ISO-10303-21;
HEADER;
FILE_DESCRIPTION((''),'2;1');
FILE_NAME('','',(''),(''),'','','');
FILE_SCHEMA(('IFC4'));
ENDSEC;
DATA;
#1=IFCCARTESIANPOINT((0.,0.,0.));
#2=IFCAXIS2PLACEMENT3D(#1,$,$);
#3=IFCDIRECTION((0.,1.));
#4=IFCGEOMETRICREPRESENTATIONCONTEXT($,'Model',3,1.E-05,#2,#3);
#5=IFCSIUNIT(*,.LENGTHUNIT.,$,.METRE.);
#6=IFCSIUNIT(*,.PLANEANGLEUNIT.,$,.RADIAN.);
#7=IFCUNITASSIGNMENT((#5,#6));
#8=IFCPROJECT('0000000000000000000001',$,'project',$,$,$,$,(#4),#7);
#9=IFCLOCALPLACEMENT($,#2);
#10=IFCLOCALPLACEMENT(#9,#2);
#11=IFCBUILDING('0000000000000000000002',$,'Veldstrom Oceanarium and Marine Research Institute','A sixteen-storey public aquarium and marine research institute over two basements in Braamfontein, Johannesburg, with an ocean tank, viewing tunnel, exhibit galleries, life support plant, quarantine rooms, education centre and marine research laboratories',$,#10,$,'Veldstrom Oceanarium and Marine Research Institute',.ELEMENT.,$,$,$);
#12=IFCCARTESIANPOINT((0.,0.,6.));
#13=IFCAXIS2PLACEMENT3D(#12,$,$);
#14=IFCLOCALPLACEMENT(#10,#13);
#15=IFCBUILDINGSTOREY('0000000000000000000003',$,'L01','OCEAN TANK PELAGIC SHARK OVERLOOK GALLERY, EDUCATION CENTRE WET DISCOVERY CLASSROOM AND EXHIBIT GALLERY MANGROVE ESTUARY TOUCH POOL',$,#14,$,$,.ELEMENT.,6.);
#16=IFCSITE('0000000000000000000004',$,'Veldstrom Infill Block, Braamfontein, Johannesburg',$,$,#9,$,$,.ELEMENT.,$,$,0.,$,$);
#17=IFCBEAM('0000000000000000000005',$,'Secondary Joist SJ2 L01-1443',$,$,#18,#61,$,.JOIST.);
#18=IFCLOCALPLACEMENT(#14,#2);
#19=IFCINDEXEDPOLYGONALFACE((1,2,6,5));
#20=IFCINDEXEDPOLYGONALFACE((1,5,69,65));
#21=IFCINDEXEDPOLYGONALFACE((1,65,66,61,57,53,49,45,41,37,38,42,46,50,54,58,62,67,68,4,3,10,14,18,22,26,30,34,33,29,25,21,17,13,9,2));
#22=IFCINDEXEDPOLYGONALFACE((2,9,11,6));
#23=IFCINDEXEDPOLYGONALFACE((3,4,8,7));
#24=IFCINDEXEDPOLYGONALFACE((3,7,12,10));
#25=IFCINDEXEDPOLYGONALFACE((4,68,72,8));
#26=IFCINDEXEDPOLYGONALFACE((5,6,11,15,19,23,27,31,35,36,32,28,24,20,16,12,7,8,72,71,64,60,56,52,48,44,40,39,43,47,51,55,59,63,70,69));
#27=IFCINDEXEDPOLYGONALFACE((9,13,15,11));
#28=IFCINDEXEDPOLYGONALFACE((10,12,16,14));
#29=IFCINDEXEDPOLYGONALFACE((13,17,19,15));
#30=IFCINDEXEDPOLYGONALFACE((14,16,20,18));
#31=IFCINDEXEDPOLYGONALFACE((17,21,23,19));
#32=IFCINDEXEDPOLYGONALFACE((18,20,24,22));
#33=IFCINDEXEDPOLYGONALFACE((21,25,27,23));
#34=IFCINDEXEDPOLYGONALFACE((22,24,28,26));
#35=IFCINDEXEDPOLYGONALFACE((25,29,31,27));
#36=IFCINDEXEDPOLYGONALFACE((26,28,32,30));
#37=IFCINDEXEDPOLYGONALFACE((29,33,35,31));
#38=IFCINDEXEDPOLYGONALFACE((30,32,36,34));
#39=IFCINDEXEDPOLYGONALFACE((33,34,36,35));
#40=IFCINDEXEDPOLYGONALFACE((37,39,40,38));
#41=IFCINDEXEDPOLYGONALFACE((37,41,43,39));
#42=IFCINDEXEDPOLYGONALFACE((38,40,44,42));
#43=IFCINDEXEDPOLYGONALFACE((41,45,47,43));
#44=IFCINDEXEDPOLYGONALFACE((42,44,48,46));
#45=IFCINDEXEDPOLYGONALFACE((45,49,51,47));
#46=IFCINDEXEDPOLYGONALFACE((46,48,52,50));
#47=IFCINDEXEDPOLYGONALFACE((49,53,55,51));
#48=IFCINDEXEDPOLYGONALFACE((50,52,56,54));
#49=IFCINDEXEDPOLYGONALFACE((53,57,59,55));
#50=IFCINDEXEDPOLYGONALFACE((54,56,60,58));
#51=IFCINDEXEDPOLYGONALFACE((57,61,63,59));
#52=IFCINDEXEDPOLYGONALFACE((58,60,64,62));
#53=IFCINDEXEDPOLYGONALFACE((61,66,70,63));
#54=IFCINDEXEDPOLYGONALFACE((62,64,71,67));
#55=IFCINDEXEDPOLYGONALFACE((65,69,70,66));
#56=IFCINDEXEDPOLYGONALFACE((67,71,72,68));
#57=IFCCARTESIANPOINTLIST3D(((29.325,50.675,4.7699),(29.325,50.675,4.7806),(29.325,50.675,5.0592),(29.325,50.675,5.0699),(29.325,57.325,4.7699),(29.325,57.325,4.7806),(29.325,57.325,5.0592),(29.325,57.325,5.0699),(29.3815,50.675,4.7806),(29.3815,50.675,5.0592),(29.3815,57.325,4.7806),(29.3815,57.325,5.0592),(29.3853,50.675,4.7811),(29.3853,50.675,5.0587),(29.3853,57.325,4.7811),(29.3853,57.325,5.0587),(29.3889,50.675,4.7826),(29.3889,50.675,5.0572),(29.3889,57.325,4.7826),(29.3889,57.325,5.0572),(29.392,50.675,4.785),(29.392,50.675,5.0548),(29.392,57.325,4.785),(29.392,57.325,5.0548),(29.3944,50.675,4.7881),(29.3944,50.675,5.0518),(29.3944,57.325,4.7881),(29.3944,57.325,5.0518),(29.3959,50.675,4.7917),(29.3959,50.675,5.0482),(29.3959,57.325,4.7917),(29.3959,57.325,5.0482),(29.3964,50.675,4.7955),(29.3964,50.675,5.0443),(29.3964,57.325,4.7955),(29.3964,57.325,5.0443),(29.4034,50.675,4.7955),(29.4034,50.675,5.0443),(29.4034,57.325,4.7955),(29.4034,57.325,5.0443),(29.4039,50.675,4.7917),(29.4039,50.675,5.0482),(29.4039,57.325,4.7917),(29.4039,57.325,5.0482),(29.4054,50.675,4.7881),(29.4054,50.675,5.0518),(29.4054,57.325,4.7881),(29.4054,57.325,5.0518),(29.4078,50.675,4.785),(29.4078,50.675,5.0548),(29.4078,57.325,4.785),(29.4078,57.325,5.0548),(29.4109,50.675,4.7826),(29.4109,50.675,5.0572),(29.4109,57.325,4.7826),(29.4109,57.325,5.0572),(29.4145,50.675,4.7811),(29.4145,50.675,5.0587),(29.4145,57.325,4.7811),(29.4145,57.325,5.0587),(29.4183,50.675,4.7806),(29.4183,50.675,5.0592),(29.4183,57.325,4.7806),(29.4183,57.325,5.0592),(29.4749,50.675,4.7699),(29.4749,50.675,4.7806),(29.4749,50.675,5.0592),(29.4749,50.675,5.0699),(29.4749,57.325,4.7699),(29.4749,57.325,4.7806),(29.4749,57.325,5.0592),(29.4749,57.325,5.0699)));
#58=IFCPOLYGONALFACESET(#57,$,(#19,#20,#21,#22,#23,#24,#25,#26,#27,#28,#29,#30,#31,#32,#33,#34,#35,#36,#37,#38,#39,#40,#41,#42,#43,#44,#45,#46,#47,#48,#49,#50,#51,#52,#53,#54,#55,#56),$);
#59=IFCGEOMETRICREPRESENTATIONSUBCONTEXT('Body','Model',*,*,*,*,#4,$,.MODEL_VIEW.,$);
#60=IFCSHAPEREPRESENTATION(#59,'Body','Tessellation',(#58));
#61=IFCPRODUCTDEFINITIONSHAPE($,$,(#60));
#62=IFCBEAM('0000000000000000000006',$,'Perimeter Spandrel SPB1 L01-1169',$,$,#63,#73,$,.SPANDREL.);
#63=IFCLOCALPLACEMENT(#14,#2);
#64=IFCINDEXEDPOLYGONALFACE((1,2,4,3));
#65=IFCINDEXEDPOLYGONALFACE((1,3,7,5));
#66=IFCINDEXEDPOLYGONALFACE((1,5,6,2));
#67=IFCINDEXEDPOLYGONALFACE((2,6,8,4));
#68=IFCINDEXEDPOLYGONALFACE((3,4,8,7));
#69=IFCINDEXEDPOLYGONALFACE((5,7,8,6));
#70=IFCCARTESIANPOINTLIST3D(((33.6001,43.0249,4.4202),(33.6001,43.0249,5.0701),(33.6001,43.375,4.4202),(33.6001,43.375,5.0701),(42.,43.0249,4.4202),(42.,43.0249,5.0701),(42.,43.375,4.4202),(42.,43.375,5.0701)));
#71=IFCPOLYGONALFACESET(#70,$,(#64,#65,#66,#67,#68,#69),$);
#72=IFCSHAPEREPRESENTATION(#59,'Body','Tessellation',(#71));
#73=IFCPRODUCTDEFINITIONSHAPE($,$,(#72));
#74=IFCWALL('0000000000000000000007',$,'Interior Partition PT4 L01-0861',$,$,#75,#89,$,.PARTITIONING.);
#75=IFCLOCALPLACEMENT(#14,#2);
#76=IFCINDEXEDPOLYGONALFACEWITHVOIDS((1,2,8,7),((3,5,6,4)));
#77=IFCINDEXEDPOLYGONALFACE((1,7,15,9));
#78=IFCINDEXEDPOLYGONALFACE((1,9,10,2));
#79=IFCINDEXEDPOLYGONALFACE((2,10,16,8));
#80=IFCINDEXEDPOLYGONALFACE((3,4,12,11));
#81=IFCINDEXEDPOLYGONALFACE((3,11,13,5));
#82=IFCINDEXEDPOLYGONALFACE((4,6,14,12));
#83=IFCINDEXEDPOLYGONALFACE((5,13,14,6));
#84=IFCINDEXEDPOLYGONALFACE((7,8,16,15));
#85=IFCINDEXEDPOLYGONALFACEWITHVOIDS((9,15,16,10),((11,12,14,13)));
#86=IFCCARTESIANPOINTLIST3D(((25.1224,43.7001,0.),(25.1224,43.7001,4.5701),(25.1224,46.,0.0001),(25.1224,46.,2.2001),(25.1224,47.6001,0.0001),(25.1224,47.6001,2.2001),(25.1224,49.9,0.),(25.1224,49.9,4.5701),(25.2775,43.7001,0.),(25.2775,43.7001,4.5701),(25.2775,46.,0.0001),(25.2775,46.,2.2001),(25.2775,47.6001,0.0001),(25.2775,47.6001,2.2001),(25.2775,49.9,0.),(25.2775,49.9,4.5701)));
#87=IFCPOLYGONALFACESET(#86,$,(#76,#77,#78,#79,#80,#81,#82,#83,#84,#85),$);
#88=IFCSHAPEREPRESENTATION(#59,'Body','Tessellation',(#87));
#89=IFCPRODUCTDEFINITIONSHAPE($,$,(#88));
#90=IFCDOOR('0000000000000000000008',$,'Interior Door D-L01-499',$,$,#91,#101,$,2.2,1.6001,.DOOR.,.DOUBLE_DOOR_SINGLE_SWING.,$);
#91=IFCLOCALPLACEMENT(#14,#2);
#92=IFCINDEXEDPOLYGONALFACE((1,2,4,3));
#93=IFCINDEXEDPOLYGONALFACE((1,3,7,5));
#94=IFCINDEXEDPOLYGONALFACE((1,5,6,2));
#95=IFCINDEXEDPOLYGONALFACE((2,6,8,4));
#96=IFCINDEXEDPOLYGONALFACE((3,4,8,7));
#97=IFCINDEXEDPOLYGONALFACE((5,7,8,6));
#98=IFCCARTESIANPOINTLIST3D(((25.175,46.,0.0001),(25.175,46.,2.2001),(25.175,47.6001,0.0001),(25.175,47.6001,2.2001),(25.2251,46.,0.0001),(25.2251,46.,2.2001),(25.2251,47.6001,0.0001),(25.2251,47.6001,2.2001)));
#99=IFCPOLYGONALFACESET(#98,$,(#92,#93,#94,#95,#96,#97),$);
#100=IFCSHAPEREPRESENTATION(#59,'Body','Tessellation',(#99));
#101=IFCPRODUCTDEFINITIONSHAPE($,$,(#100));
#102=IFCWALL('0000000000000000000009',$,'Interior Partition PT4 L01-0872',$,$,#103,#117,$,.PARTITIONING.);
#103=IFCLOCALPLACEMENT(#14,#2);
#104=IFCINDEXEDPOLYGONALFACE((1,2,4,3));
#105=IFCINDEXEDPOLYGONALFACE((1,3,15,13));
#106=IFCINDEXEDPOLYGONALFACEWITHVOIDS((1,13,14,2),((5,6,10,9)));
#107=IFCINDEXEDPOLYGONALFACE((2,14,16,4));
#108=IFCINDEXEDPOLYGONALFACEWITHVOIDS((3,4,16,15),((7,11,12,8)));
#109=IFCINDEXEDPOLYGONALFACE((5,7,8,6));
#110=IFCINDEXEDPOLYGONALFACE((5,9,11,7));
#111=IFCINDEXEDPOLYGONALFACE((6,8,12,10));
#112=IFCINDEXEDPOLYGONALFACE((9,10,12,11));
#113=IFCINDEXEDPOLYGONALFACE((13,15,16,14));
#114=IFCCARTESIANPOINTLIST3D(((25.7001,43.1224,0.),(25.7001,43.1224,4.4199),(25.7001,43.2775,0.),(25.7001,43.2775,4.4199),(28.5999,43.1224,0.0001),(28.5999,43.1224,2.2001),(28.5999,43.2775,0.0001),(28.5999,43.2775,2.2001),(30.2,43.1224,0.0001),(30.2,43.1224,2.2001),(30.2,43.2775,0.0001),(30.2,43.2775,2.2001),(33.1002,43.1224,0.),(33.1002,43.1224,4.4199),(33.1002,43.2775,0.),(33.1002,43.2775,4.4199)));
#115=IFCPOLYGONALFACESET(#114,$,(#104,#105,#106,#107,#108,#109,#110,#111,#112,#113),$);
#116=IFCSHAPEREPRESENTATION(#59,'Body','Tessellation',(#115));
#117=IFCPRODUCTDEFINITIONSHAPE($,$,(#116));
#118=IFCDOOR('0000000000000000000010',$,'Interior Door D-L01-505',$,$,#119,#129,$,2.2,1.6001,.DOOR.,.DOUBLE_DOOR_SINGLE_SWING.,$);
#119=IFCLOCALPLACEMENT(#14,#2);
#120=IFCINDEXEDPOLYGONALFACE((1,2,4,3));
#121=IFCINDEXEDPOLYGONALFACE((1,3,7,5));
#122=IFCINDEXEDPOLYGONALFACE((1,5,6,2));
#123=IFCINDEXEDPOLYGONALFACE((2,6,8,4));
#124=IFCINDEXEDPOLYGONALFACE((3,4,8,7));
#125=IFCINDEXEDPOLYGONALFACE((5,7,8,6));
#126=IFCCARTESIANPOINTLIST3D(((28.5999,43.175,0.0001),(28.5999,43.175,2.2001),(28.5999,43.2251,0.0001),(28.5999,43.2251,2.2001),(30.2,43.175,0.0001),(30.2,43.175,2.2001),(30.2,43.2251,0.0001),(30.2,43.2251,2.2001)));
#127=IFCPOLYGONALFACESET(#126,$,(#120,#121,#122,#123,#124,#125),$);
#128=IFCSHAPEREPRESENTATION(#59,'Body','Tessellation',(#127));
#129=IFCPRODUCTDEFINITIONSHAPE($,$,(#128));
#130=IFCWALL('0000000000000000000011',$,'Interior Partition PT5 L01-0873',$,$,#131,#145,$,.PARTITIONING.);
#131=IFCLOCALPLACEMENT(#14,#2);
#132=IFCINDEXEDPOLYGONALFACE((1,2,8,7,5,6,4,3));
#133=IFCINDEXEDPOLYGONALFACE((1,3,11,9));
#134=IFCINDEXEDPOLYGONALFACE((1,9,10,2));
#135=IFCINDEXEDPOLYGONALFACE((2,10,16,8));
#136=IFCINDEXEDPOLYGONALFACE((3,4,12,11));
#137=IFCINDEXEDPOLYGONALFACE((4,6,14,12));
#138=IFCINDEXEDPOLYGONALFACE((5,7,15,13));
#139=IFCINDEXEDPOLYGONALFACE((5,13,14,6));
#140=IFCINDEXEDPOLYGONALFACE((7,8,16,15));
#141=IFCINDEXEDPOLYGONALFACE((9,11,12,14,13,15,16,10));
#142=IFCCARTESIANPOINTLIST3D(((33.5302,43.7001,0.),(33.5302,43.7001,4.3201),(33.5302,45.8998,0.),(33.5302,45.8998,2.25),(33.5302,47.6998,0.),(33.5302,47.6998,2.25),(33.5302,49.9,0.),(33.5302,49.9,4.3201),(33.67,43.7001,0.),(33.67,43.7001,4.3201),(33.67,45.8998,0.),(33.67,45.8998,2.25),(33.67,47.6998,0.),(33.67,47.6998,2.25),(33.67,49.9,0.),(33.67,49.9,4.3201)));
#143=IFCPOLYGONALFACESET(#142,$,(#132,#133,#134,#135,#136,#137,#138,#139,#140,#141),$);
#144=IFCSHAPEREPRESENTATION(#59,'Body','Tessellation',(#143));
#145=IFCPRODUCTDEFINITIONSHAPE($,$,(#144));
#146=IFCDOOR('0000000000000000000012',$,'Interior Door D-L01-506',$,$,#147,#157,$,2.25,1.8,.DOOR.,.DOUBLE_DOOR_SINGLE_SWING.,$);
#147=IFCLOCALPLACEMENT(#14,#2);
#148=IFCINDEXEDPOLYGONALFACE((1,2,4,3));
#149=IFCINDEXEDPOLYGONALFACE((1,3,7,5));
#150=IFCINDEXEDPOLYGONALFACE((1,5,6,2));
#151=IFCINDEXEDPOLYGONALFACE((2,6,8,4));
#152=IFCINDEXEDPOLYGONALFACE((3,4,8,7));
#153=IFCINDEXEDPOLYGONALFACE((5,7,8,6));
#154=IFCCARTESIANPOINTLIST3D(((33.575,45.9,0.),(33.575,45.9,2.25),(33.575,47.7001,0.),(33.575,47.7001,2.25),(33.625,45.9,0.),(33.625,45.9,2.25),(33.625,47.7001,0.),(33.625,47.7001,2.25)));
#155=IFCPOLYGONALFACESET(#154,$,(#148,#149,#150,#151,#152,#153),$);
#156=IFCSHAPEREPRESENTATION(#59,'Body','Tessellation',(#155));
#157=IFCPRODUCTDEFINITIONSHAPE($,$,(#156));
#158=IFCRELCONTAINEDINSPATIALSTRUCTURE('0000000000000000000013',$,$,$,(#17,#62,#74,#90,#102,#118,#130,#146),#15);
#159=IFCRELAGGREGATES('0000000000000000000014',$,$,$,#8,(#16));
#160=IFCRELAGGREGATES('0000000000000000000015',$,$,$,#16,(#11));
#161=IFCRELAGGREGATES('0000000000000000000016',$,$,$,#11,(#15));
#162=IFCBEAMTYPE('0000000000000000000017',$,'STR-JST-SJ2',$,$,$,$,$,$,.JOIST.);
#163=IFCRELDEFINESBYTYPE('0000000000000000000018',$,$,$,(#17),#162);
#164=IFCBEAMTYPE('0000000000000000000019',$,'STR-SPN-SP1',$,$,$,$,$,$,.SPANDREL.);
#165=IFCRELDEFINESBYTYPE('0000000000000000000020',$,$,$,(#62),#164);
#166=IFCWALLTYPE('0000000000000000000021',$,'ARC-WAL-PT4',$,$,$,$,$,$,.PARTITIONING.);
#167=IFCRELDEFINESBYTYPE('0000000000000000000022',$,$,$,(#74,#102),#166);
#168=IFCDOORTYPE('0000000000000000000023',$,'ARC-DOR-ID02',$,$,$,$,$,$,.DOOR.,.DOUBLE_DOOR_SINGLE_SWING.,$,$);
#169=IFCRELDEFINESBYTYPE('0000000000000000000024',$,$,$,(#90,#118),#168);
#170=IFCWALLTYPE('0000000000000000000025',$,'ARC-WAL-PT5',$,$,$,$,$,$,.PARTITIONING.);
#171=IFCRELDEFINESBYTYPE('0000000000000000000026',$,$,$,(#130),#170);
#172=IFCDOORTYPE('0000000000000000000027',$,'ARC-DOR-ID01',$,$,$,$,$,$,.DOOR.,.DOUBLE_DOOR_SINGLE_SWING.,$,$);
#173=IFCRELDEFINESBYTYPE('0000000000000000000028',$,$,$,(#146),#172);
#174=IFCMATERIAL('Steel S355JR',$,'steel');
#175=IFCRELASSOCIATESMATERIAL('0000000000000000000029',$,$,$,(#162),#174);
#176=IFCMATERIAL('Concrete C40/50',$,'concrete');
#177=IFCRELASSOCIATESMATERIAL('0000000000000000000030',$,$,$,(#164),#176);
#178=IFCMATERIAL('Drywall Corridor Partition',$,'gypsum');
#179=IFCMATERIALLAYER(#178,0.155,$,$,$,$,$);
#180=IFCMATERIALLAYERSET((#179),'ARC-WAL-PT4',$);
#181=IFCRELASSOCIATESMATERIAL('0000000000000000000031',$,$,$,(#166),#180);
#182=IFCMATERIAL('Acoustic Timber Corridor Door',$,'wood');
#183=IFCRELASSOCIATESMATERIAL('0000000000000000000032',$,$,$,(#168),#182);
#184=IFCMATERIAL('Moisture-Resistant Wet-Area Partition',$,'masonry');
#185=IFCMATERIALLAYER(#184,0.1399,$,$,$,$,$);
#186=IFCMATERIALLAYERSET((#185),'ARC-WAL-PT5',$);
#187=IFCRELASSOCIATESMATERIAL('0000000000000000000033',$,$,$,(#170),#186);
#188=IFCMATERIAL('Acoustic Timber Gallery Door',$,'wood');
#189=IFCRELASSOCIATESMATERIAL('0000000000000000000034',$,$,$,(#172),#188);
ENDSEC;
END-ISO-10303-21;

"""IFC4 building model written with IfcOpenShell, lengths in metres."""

from ifc_helpers import new_model, si_unit, direction, frame, frame_2d, origin, origin_2d, place, context, subcontext, project, spatial, rectangle, i_section, extrude, material, layer, layer_set, material_profile, profile_set, type_object, element, fill, save


model = new_model("IFC4")

# Units and contexts
model_context = context("Model", 3, precision=1e-05, world=origin(), true_north=direction((0.0, 1.0)))
body_context = subcontext(model_context, "Body", "Model", "MODEL_VIEW")
ifc_project = project(units=[si_unit("LENGTHUNIT", "METRE"), si_unit("PLANEANGLEUNIT", "RADIAN")], contexts=[model_context])

# Site, building, storey
site_placement = place(None, origin())
site = spatial("IfcSite", under=ifc_project, at=site_placement, Name="Veldstrom Infill Block, Braamfontein, Johannesburg", CompositionType="ELEMENT", RefElevation=0.0)
building_placement = place(site_placement, origin())
building = spatial("IfcBuilding", under=site, at=building_placement, Name="Veldstrom Oceanarium and Marine Research Institute", Description="A sixteen-storey public aquarium and marine research institute over two basements in Braamfontein, Johannesburg, with an ocean tank, viewing tunnel, exhibit galleries, life support plant, quarantine rooms, education centre and marine research laboratories", LongName="Veldstrom Oceanarium and Marine Research Institute", CompositionType="ELEMENT")
storey_placement = place(building_placement, frame((0.0, 0.0, 6.0)))
storey = spatial("IfcBuildingStorey", under=building, at=storey_placement, Name="L01", Description="OCEAN TANK PELAGIC SHARK OVERLOOK GALLERY, EDUCATION CENTRE WET DISCOVERY CLASSROOM AND EXHIBIT GALLERY MANGROVE ESTUARY TOUCH POOL", CompositionType="ELEMENT", Elevation=6.0)

# Beams
ifc_material_1 = material(Name="Steel S355JR", Category="steel")
ifc_material_profile_1 = material_profile(ifc_material_1, i_section(OverallWidth=0.1499, OverallDepth=0.3, WebThickness=0.0071, FlangeThickness=0.0107, FilletRadius=0.0149, at=origin_2d()), Name="IPE 300")
ifc_profile_set_1 = profile_set([ifc_material_profile_1], Name="Steel S355JR")
beam_type_1 = type_object("IfcBeamType", Name="STR-JST-SJ2", PredefinedType="JOIST", material=ifc_profile_set_1)
beam_1_placement = place(storey_placement, frame((29.3999, 50.675, 4.9199), z_axis=(0.0, 1.0, 0.0), x_axis=(-1.0, 0.0, 0.0)))
element("IfcBeam", 1, at=beam_1_placement, inside=storey, type_object=beam_type_1, Name="Secondary Joist SJ2 L01-1443", PredefinedType="JOIST", context=body_context, shape_type="SweptSolid", body=[
    extrude(i_section(OverallWidth=0.1499, OverallDepth=0.3, WebThickness=0.0071, FlangeThickness=0.0107, FilletRadius=0.0149, at=origin_2d()), origin(), (0.0, 0.0, 1.0), 6.6499),
])
ifc_material_2 = material(Name="Concrete C40/50", Category="concrete")
ifc_material_profile_2 = material_profile(ifc_material_2, rectangle(XDim=0.3501, YDim=0.6499, at=origin_2d()), Name="RC-SPN-350x650")
ifc_profile_set_2 = profile_set([ifc_material_profile_2], Name="Concrete C40/50")
beam_type_2 = type_object("IfcBeamType", Name="STR-SPN-SP1", PredefinedType="SPANDREL", material=ifc_profile_set_2)
beam_2_placement = place(storey_placement, frame((33.6001, 43.2, 4.7451), z_axis=(1.0, 0.0, 0.0), x_axis=(0.0, 1.0, 0.0)))
element("IfcBeam", 2, at=beam_2_placement, inside=storey, type_object=beam_type_2, Name="Perimeter Spandrel SPB1 L01-1169", PredefinedType="SPANDREL", context=body_context, shape_type="SweptSolid", body=[
    extrude(rectangle(XDim=0.3501, YDim=0.6499, at=origin_2d()), origin(), (0.0, 0.0, 1.0), 8.3999),
])

# Walls, openings, doors
ifc_material_3 = material(Name="Drywall Corridor Partition", Category="gypsum")
ifc_layer_1 = layer(ifc_material_3, 0.155)
ifc_layer_set_1 = layer_set([ifc_layer_1], Name="ARC-WAL-PT4")
wall_type_1 = type_object("IfcWallType", Name="ARC-WAL-PT4", PredefinedType="PARTITIONING", material=ifc_layer_set_1)
wall_1_placement = place(storey_placement, frame((25.2, 43.7, 0.0), z_axis=(0.0, 0.0, 1.0), x_axis=(0.0, 1.0, 0.0)))
wall_1 = element("IfcWall", 3, at=wall_1_placement, inside=storey, type_object=wall_type_1, Name="Interior Partition PT4 L01-0861", PredefinedType="PARTITIONING", context=body_context, shape_type="SweptSolid", body=[
    extrude(rectangle(XDim=6.2, YDim=0.155, at=frame_2d((3.1001, 0.0))), origin(), (0.0, 0.0, 1.0), 4.5701),
])
opening_1_placement = place(wall_1_placement, frame((2.3, 0.0, 0.0)))
opening_1 = element("IfcOpeningElement", 4, at=opening_1_placement, cuts=wall_1, PredefinedType="OPENING", context=body_context, shape_type="SweptSolid", body=[
    extrude(rectangle(XDim=1.6001, YDim=2.2, at=frame_2d((0.8, 1.1001))), frame((0.0, 0.0874, 0.0), z_axis=(0.0, -1.0, 0.0), x_axis=(1.0, 0.0, 0.0)), (0.0, 0.0, 1.0), 0.175),
])
ifc_material_4 = material(Name="Acoustic Timber Corridor Door", Category="wood")
door_type_1 = type_object("IfcDoorType", Name="ARC-DOR-ID02", OperationType="DOUBLE_DOOR_SINGLE_SWING", PredefinedType="DOOR", material=ifc_material_4)
door_1_placement = place(opening_1_placement, origin())
door_1 = element("IfcDoor", 5, at=door_1_placement, inside=storey, type_object=door_type_1, Name="Interior Door D-L01-499", OperationType="DOUBLE_DOOR_SINGLE_SWING", OverallHeight=2.2, OverallWidth=1.6001, PredefinedType="DOOR", context=body_context, shape_type="SweptSolid", body=[
    extrude(rectangle(XDim=1.6001, YDim=2.2, at=frame_2d((0.8, 1.1001))), frame((0.0, 0.0249, 0.0), z_axis=(0.0, -1.0, 0.0), x_axis=(1.0, 0.0, 0.0)), (0.0, 0.0, 1.0), 0.05),
])
fill(opening_1, door_1)
wall_2_placement = place(storey_placement, frame((25.7, 43.2, 0.0), z_axis=(0.0, 0.0, 1.0), x_axis=(1.0, 0.0, 0.0)))
wall_2 = element("IfcWall", 6, at=wall_2_placement, inside=storey, type_object=wall_type_1, Name="Interior Partition PT4 L01-0872", PredefinedType="PARTITIONING", context=body_context, shape_type="SweptSolid", body=[
    extrude(rectangle(XDim=7.4001, YDim=0.155, at=frame_2d((3.7002, 0.0))), origin(), (0.0, 0.0, 1.0), 4.4199),
])
opening_2_placement = place(wall_2_placement, frame((2.8999, 0.0, 0.0)))
opening_2 = element("IfcOpeningElement", 7, at=opening_2_placement, cuts=wall_2, PredefinedType="OPENING", context=body_context, shape_type="SweptSolid", body=[
    extrude(rectangle(XDim=1.6001, YDim=2.2, at=frame_2d((0.8, 1.1001))), frame((0.0, 0.0874, 0.0), z_axis=(0.0, -1.0, 0.0), x_axis=(1.0, 0.0, 0.0)), (0.0, 0.0, 1.0), 0.175),
])
door_2_placement = place(opening_2_placement, frame((1.6001, 0.0, 0.0), z_axis=(0.0, 0.0, 1.0), x_axis=(-1.0, 0.0, 0.0)))
door_2 = element("IfcDoor", 8, at=door_2_placement, inside=storey, type_object=door_type_1, Name="Interior Door D-L01-505", OperationType="DOUBLE_DOOR_SINGLE_SWING", OverallHeight=2.2, OverallWidth=1.6001, PredefinedType="DOOR", context=body_context, shape_type="SweptSolid", body=[
    extrude(rectangle(XDim=1.6001, YDim=2.2, at=frame_2d((0.8, 1.1001))), frame((0.0, 0.0249, 0.0), z_axis=(0.0, -1.0, 0.0), x_axis=(1.0, 0.0, 0.0)), (0.0, 0.0, 1.0), 0.05),
])
fill(opening_2, door_2)
ifc_material_5 = material(Name="Moisture-Resistant Wet-Area Partition", Category="masonry")
ifc_layer_2 = layer(ifc_material_5, 0.1399)
ifc_layer_set_2 = layer_set([ifc_layer_2], Name="ARC-WAL-PT5")
wall_type_2 = type_object("IfcWallType", Name="ARC-WAL-PT5", PredefinedType="PARTITIONING", material=ifc_layer_set_2)
wall_3_placement = place(storey_placement, frame((33.6001, 43.7, 0.0), z_axis=(0.0, 0.0, 1.0), x_axis=(0.0, 1.0, 0.0)))
wall_3 = element("IfcWall", 9, at=wall_3_placement, inside=storey, type_object=wall_type_2, Name="Interior Partition PT5 L01-0873", PredefinedType="PARTITIONING", context=body_context, shape_type="SweptSolid", body=[
    extrude(rectangle(XDim=6.2, YDim=0.1399, at=frame_2d((3.1001, 0.0))), origin(), (0.0, 0.0, 1.0), 4.3201),
])
opening_3_placement = place(wall_3_placement, frame((2.2, 0.0, 0.0)))
opening_3 = element("IfcOpeningElement", 10, at=opening_3_placement, cuts=wall_3, PredefinedType="OPENING", context=body_context, shape_type="SweptSolid", body=[
    extrude(rectangle(XDim=1.8, YDim=2.25, at=frame_2d((0.8999, 1.125))), frame((0.0, 0.0798, 0.0), z_axis=(0.0, -1.0, 0.0), x_axis=(1.0, 0.0, 0.0)), (0.0, 0.0, 1.0), 0.1599),
])
ifc_material_6 = material(Name="Acoustic Timber Gallery Door", Category="wood")
door_type_2 = type_object("IfcDoorType", Name="ARC-DOR-ID01", OperationType="DOUBLE_DOOR_SINGLE_SWING", PredefinedType="DOOR", material=ifc_material_6)
door_3_placement = place(opening_3_placement, frame((1.8, 0.0, 0.0), z_axis=(0.0, 0.0, 1.0), x_axis=(-1.0, 0.0, 0.0)))
door_3 = element("IfcDoor", 11, at=door_3_placement, inside=storey, type_object=door_type_2, Name="Interior Door D-L01-506", OperationType="DOUBLE_DOOR_SINGLE_SWING", OverallHeight=2.25, OverallWidth=1.8, PredefinedType="DOOR", context=body_context, shape_type="SweptSolid", body=[
    extrude(rectangle(XDim=1.8, YDim=2.25, at=frame_2d((0.8999, 1.125))), frame((0.0, 0.0249, 0.0), z_axis=(0.0, -1.0, 0.0), x_axis=(1.0, 0.0, 0.0)), (0.0, 0.0, 1.0), 0.05),
])
fill(opening_3, door_3)

save(model, "model.ifc")
